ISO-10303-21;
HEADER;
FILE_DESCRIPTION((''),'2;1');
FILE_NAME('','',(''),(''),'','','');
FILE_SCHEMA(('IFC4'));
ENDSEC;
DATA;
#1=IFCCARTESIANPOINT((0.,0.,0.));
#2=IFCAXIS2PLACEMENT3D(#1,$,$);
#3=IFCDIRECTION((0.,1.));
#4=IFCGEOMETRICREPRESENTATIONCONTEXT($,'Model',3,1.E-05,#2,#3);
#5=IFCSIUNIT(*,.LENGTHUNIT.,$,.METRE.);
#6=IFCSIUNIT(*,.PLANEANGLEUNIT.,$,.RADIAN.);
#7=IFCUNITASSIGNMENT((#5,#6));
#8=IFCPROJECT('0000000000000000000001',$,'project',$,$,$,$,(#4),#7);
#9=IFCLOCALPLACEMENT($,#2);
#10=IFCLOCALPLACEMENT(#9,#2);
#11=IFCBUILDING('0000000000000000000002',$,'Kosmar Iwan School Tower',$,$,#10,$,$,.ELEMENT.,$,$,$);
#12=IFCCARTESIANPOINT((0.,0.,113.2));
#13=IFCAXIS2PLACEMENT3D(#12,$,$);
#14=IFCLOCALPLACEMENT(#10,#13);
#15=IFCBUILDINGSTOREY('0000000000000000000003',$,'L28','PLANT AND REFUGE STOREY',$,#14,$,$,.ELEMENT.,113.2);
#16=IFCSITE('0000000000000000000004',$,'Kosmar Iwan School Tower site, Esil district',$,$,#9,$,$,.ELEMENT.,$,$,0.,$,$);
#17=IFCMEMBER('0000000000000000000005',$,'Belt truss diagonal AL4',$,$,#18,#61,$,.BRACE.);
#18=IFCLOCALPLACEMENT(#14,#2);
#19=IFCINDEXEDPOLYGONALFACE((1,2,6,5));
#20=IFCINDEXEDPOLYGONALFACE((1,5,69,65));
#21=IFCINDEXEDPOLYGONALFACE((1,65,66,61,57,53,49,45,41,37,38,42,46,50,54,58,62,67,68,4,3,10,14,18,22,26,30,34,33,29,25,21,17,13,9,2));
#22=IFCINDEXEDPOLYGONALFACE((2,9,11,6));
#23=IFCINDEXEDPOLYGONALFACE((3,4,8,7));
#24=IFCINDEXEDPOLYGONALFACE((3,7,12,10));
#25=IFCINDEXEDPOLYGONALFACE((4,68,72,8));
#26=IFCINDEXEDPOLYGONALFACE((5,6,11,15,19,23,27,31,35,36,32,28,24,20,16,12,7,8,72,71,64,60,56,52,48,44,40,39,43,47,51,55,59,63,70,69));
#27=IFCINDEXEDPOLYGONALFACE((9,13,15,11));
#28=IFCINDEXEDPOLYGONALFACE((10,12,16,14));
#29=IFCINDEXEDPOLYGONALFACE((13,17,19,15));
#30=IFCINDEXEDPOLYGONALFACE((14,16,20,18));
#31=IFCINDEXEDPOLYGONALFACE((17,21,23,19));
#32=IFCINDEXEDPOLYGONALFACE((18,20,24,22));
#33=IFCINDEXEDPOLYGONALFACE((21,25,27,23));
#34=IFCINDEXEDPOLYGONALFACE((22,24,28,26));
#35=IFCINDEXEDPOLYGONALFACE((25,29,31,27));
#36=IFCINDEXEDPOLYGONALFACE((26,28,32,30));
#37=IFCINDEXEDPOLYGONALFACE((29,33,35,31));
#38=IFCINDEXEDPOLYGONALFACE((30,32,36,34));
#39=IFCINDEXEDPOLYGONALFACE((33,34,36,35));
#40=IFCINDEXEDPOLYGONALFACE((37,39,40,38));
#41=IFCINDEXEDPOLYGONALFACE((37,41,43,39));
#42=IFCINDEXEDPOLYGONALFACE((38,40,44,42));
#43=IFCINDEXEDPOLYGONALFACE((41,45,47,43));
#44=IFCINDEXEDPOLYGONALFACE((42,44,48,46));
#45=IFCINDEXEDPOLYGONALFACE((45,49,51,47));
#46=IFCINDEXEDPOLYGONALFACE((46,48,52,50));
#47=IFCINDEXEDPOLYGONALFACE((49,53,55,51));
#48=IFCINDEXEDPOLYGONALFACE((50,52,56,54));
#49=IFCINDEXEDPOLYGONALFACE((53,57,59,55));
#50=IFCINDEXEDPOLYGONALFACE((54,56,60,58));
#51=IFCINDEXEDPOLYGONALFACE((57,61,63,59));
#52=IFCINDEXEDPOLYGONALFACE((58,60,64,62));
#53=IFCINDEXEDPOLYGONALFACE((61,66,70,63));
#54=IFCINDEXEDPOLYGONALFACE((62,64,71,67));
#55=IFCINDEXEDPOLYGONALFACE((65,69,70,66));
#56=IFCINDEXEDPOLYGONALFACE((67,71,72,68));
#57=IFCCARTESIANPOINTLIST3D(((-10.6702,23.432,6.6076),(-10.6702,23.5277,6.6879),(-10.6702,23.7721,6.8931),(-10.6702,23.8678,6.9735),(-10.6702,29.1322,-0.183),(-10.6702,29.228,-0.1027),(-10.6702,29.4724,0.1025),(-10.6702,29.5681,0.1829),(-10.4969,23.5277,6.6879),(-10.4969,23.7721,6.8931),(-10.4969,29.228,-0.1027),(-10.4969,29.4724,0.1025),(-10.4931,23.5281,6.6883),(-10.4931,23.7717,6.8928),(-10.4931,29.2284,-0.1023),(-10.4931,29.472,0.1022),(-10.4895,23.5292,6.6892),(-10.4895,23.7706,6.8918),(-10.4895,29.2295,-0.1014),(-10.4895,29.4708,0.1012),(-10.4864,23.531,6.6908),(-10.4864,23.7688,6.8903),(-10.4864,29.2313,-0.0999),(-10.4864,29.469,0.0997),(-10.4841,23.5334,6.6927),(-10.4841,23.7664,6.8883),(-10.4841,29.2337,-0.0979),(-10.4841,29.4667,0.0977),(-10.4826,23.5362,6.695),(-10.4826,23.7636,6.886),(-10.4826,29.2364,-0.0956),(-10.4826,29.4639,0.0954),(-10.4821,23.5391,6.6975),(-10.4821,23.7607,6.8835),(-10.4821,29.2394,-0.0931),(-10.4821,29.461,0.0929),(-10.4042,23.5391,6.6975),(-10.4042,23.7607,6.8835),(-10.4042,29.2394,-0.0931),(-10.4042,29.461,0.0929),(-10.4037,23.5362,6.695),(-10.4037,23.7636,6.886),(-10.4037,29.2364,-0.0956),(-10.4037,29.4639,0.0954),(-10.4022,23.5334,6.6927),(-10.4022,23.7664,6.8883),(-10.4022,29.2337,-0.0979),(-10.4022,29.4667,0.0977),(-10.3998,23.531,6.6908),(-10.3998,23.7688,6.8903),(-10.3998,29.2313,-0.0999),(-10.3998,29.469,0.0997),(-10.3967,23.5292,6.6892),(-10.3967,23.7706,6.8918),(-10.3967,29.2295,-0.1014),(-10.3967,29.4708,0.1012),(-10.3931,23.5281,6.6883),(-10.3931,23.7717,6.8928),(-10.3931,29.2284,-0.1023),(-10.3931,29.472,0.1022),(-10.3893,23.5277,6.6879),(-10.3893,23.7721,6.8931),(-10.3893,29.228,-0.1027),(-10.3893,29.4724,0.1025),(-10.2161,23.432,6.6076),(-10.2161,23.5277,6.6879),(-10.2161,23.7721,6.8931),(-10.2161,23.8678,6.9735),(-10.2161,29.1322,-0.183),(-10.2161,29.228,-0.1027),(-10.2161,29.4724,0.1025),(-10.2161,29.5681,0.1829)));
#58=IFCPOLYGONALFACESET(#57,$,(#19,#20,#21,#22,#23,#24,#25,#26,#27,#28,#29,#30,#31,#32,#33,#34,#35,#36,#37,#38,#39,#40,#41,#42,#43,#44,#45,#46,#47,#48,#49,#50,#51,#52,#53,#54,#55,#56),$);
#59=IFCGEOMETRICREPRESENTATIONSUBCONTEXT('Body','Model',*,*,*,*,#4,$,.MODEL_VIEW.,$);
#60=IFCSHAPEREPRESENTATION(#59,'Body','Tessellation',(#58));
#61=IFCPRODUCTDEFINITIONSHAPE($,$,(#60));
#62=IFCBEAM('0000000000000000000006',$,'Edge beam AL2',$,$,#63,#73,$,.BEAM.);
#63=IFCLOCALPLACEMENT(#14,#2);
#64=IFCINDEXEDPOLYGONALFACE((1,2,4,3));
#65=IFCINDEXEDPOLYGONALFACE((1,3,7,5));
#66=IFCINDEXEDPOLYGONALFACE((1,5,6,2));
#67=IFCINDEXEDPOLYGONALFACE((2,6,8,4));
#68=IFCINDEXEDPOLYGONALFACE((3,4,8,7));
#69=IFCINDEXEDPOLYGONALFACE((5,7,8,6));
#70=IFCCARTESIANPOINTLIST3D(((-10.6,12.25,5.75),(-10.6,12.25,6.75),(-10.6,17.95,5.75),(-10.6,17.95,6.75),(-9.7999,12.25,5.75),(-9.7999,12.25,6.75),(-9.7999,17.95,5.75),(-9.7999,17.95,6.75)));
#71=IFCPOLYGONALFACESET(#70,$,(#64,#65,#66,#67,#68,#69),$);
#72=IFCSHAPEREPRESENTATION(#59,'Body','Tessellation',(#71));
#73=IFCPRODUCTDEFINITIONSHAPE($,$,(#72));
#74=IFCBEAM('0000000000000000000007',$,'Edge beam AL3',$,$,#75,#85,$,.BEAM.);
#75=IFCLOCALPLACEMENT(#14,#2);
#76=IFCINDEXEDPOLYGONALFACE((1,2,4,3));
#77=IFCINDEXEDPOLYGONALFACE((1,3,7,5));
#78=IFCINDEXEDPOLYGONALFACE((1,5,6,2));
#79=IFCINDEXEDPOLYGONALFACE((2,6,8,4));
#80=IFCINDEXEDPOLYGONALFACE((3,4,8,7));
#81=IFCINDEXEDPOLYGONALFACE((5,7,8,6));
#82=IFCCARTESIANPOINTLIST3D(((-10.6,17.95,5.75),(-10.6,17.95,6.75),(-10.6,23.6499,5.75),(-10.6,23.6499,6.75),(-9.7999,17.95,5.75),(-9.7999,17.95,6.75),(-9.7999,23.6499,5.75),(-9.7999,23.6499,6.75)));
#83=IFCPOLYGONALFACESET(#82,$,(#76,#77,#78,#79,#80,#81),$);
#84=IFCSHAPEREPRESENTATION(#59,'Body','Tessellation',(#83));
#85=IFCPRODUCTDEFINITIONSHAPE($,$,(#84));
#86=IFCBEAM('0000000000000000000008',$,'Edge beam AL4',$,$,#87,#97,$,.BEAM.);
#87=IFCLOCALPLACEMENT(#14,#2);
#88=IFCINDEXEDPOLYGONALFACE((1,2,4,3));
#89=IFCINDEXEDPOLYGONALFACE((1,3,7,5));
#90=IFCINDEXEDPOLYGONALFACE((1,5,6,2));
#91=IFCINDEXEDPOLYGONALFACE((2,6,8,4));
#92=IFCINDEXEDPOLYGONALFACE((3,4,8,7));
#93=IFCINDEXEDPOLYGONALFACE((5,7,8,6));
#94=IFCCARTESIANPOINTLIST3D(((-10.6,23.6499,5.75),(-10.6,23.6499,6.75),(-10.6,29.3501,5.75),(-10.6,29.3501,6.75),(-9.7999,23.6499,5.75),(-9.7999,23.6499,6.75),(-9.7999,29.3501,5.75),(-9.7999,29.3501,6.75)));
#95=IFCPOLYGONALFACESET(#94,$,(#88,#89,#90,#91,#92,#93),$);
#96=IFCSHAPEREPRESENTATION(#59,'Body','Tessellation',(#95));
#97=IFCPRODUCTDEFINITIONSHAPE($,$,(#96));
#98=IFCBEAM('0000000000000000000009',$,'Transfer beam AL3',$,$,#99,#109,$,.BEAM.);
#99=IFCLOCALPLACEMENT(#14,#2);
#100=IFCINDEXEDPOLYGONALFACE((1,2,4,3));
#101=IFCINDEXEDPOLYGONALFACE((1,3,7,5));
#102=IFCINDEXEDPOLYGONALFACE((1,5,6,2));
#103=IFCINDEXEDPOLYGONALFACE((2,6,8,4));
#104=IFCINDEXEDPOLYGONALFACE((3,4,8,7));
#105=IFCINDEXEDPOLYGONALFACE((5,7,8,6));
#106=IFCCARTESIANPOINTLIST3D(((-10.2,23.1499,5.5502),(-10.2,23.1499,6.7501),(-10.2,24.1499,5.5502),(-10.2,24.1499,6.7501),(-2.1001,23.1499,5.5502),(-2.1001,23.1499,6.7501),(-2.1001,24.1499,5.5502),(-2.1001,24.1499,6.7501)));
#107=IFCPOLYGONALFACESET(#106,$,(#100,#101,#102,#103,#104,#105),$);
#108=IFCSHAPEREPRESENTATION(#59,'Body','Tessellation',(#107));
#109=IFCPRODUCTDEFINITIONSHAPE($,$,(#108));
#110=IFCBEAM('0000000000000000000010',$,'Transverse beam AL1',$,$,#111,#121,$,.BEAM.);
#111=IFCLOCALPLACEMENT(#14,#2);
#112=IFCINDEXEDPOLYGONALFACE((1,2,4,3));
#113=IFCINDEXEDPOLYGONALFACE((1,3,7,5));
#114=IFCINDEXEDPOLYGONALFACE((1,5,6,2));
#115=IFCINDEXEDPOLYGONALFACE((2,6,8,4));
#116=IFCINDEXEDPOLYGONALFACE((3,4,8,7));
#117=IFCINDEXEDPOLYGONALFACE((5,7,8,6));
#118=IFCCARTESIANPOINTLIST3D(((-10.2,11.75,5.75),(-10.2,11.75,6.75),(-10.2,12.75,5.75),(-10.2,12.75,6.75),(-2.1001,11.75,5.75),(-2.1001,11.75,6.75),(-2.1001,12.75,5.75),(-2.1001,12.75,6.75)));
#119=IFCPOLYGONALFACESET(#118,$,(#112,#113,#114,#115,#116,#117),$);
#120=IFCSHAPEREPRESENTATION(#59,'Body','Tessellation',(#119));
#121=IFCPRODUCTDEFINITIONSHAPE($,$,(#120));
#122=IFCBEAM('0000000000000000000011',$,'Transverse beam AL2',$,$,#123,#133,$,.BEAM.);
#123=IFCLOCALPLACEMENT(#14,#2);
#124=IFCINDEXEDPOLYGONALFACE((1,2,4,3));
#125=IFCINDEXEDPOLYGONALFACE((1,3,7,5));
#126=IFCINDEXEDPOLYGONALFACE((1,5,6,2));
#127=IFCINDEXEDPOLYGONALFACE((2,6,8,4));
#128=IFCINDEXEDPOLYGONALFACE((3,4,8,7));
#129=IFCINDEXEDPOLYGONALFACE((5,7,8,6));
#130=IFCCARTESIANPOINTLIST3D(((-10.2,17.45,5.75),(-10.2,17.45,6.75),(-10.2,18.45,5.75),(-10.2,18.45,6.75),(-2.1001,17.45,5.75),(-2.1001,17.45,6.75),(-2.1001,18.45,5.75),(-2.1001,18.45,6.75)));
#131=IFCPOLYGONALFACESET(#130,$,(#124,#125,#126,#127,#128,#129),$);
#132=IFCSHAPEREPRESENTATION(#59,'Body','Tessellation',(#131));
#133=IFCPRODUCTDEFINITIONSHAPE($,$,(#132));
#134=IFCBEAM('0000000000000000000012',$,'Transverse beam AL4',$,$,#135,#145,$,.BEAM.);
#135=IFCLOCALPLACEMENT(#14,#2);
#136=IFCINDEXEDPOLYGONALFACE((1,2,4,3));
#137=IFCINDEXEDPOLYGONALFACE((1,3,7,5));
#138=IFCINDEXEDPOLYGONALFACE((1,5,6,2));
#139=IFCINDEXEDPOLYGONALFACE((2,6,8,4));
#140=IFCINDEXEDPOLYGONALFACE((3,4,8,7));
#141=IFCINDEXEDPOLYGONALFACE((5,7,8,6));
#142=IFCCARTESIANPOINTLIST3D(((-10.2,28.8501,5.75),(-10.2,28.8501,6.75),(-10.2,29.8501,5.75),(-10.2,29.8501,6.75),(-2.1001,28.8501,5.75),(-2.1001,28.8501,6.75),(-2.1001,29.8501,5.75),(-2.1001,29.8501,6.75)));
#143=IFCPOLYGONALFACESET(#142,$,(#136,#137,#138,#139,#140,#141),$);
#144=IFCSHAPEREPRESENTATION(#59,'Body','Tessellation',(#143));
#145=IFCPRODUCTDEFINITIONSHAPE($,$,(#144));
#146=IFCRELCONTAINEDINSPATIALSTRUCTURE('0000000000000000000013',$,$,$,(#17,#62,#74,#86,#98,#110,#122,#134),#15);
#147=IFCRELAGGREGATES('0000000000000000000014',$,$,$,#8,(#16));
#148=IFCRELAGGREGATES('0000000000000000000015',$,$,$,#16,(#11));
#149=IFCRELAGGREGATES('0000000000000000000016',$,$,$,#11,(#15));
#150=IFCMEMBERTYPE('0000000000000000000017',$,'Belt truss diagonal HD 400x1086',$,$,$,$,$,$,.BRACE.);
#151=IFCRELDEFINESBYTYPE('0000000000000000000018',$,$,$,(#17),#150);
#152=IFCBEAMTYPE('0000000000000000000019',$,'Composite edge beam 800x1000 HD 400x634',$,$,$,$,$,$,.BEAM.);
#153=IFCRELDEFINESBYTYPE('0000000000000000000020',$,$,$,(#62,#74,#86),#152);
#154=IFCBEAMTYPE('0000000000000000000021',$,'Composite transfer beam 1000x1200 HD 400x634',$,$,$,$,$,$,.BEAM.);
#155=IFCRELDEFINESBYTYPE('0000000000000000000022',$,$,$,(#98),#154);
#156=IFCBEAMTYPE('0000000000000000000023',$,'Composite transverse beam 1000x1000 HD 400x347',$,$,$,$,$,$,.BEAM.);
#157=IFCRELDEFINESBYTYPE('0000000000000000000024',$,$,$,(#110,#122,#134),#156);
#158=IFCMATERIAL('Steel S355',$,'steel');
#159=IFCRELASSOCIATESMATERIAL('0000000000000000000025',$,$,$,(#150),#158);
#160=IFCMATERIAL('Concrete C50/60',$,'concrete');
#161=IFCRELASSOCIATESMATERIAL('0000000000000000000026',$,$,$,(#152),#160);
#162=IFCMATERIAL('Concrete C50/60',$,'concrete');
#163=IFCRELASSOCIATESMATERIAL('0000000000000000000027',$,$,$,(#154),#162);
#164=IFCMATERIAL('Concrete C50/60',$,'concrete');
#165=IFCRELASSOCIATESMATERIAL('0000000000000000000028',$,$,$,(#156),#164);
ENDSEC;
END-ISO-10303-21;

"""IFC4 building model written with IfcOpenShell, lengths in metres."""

from ifc_helpers import new_model, si_unit, direction, frame, origin, origin_2d, place, context, subcontext, project, spatial, rectangle, i_section, extrude, material, material_profile, profile_set, type_object, element, save


model = new_model("IFC4")

# Units and contexts
model_context = context("Model", 3, precision=1e-05, world=origin(), true_north=direction((0.0, 1.0)))
body_context = subcontext(model_context, "Body", "Model", "MODEL_VIEW")
ifc_project = project(units=[si_unit("LENGTHUNIT", "METRE"), si_unit("PLANEANGLEUNIT", "RADIAN")], contexts=[model_context])

# Site, building, storey
site_placement = place(None, origin())
site = spatial("IfcSite", under=ifc_project, at=site_placement, Name="Kosmar Iwan School Tower site, Esil district", CompositionType="ELEMENT", RefElevation=0.0)
building_placement = place(site_placement, origin())
building = spatial("IfcBuilding", under=site, at=building_placement, Name="Kosmar Iwan School Tower", CompositionType="ELEMENT")
storey_placement = place(building_placement, frame((0.0, 0.0, 113.2)))
storey = spatial("IfcBuildingStorey", under=building, at=storey_placement, Name="L28", Description="PLANT AND REFUGE STOREY", CompositionType="ELEMENT", Elevation=113.2)

# Member
ifc_material_1 = material(Name="Steel S355", Category="steel")
ifc_material_profile_1 = material_profile(ifc_material_1, i_section(OverallWidth=0.4541, OverallDepth=0.5691, WebThickness=0.0779, FlangeThickness=0.125, FilletRadius=0.0149, at=origin_2d()), Name="HD 400x1086")
ifc_profile_set_1 = profile_set([ifc_material_profile_1], Name="Steel S355")
member_type = type_object("IfcMemberType", Name="Belt truss diagonal HD 400x1086", PredefinedType="BRACE", material=ifc_profile_set_1)
member_placement = place(storey_placement, frame((-10.4431, 23.6499, 6.7905), z_axis=(0.0, 0.642938, -0.765919), x_axis=(-1.0, 0.0, 0.0)))
element("IfcMember", 1, at=member_placement, inside=storey, type_object=member_type, Name="Belt truss diagonal AL4", PredefinedType="BRACE", context=body_context, shape_type="SweptSolid", body=[
    extrude(i_section(OverallWidth=0.4541, OverallDepth=0.5691, WebThickness=0.0779, FlangeThickness=0.125, FilletRadius=0.0149, at=origin_2d()), origin(), (0.0, 0.0, 1.0), 8.866),
])

# Beams
ifc_material_2 = material(Name="Concrete C50/60", Category="concrete")
ifc_material_profile_2 = material_profile(ifc_material_2, rectangle(XDim=0.8, YDim=1.0, at=origin_2d()), Name="RC 800x1000 + HD 400x634")
ifc_profile_set_2 = profile_set([ifc_material_profile_2], Name="Concrete C50/60")
beam_type_1 = type_object("IfcBeamType", Name="Composite edge beam 800x1000 HD 400x634", PredefinedType="BEAM", material=ifc_profile_set_2)
for number, where, z_axis, x_axis, name in (
    (2, (-10.2, 12.25, 6.25), (0.0, 1.0, 0.0), (-1.0, 0.0, 0.0), "Edge beam AL2"),
    (3, (-10.2, 17.95, 6.25), (0.0, 1.0, 0.0), (-1.0, 0.0, 0.0), "Edge beam AL3"),
):
    element("IfcBeam", number, at=place(storey_placement, frame(where, z_axis=z_axis, x_axis=x_axis)), inside=storey, type_object=beam_type_1, Name=name, PredefinedType="BEAM", context=body_context, shape_type="SweptSolid", body=[
        extrude(rectangle(XDim=0.8, YDim=1.0, at=origin_2d()), origin(), (0.0, 0.0, 1.0), 5.7),
    ])
beam_1_placement = place(storey_placement, frame((-10.2, 23.6499, 6.25), z_axis=(0.0, 1.0, 0.0), x_axis=(-1.0, 0.0, 0.0)))
element("IfcBeam", 4, at=beam_1_placement, inside=storey, type_object=beam_type_1, Name="Edge beam AL4", PredefinedType="BEAM", context=body_context, shape_type="SweptSolid", body=[
    extrude(rectangle(XDim=0.8, YDim=1.0, at=origin_2d()), origin(), (0.0, 0.0, 1.0), 5.7002),
])
ifc_material_3 = material(Name="Concrete C50/60", Category="concrete")
ifc_material_profile_3 = material_profile(ifc_material_3, rectangle(XDim=1.0, YDim=1.2, at=origin_2d()), Name="RC 1000x1200 + HD 400x634")
ifc_profile_set_3 = profile_set([ifc_material_profile_3], Name="Concrete C50/60")
beam_type_2 = type_object("IfcBeamType", Name="Composite transfer beam 1000x1200 HD 400x634", PredefinedType="BEAM", material=ifc_profile_set_3)
beam_2_placement = place(storey_placement, frame((-10.2, 23.6499, 6.1501), z_axis=(1.0, 0.0, 0.0), x_axis=(0.0, 1.0, 0.0)))
element("IfcBeam", 5, at=beam_2_placement, inside=storey, type_object=beam_type_2, Name="Transfer beam AL3", PredefinedType="BEAM", context=body_context, shape_type="SweptSolid", body=[
    extrude(rectangle(XDim=1.0, YDim=1.2, at=origin_2d()), origin(), (0.0, 0.0, 1.0), 8.0999),
])
ifc_material_4 = material(Name="Concrete C50/60", Category="concrete")
ifc_material_profile_4 = material_profile(ifc_material_4, rectangle(XDim=1.0, YDim=1.0, at=origin_2d()), Name="RC 1000x1000 + HD 400x347")
ifc_profile_set_4 = profile_set([ifc_material_profile_4], Name="Concrete C50/60")
beam_type_3 = type_object("IfcBeamType", Name="Composite transverse beam 1000x1000 HD 400x347", PredefinedType="BEAM", material=ifc_profile_set_4)
for number, where, z_axis, x_axis, name in (
    (6, (-10.2, 12.25, 6.25), (1.0, 0.0, 0.0), (0.0, 1.0, 0.0), "Transverse beam AL1"),
    (7, (-10.2, 17.95, 6.25), (1.0, 0.0, 0.0), (0.0, 1.0, 0.0), "Transverse beam AL2"),
    (8, (-10.2, 29.3501, 6.25), (1.0, 0.0, 0.0), (0.0, 1.0, 0.0), "Transverse beam AL4"),
):
    element("IfcBeam", number, at=place(storey_placement, frame(where, z_axis=z_axis, x_axis=x_axis)), inside=storey, type_object=beam_type_3, Name=name, PredefinedType="BEAM", context=body_context, shape_type="SweptSolid", body=[
        extrude(rectangle(XDim=1.0, YDim=1.0, at=origin_2d()), origin(), (0.0, 0.0, 1.0), 8.0999),
    ])

save(model, "model.ifc")
